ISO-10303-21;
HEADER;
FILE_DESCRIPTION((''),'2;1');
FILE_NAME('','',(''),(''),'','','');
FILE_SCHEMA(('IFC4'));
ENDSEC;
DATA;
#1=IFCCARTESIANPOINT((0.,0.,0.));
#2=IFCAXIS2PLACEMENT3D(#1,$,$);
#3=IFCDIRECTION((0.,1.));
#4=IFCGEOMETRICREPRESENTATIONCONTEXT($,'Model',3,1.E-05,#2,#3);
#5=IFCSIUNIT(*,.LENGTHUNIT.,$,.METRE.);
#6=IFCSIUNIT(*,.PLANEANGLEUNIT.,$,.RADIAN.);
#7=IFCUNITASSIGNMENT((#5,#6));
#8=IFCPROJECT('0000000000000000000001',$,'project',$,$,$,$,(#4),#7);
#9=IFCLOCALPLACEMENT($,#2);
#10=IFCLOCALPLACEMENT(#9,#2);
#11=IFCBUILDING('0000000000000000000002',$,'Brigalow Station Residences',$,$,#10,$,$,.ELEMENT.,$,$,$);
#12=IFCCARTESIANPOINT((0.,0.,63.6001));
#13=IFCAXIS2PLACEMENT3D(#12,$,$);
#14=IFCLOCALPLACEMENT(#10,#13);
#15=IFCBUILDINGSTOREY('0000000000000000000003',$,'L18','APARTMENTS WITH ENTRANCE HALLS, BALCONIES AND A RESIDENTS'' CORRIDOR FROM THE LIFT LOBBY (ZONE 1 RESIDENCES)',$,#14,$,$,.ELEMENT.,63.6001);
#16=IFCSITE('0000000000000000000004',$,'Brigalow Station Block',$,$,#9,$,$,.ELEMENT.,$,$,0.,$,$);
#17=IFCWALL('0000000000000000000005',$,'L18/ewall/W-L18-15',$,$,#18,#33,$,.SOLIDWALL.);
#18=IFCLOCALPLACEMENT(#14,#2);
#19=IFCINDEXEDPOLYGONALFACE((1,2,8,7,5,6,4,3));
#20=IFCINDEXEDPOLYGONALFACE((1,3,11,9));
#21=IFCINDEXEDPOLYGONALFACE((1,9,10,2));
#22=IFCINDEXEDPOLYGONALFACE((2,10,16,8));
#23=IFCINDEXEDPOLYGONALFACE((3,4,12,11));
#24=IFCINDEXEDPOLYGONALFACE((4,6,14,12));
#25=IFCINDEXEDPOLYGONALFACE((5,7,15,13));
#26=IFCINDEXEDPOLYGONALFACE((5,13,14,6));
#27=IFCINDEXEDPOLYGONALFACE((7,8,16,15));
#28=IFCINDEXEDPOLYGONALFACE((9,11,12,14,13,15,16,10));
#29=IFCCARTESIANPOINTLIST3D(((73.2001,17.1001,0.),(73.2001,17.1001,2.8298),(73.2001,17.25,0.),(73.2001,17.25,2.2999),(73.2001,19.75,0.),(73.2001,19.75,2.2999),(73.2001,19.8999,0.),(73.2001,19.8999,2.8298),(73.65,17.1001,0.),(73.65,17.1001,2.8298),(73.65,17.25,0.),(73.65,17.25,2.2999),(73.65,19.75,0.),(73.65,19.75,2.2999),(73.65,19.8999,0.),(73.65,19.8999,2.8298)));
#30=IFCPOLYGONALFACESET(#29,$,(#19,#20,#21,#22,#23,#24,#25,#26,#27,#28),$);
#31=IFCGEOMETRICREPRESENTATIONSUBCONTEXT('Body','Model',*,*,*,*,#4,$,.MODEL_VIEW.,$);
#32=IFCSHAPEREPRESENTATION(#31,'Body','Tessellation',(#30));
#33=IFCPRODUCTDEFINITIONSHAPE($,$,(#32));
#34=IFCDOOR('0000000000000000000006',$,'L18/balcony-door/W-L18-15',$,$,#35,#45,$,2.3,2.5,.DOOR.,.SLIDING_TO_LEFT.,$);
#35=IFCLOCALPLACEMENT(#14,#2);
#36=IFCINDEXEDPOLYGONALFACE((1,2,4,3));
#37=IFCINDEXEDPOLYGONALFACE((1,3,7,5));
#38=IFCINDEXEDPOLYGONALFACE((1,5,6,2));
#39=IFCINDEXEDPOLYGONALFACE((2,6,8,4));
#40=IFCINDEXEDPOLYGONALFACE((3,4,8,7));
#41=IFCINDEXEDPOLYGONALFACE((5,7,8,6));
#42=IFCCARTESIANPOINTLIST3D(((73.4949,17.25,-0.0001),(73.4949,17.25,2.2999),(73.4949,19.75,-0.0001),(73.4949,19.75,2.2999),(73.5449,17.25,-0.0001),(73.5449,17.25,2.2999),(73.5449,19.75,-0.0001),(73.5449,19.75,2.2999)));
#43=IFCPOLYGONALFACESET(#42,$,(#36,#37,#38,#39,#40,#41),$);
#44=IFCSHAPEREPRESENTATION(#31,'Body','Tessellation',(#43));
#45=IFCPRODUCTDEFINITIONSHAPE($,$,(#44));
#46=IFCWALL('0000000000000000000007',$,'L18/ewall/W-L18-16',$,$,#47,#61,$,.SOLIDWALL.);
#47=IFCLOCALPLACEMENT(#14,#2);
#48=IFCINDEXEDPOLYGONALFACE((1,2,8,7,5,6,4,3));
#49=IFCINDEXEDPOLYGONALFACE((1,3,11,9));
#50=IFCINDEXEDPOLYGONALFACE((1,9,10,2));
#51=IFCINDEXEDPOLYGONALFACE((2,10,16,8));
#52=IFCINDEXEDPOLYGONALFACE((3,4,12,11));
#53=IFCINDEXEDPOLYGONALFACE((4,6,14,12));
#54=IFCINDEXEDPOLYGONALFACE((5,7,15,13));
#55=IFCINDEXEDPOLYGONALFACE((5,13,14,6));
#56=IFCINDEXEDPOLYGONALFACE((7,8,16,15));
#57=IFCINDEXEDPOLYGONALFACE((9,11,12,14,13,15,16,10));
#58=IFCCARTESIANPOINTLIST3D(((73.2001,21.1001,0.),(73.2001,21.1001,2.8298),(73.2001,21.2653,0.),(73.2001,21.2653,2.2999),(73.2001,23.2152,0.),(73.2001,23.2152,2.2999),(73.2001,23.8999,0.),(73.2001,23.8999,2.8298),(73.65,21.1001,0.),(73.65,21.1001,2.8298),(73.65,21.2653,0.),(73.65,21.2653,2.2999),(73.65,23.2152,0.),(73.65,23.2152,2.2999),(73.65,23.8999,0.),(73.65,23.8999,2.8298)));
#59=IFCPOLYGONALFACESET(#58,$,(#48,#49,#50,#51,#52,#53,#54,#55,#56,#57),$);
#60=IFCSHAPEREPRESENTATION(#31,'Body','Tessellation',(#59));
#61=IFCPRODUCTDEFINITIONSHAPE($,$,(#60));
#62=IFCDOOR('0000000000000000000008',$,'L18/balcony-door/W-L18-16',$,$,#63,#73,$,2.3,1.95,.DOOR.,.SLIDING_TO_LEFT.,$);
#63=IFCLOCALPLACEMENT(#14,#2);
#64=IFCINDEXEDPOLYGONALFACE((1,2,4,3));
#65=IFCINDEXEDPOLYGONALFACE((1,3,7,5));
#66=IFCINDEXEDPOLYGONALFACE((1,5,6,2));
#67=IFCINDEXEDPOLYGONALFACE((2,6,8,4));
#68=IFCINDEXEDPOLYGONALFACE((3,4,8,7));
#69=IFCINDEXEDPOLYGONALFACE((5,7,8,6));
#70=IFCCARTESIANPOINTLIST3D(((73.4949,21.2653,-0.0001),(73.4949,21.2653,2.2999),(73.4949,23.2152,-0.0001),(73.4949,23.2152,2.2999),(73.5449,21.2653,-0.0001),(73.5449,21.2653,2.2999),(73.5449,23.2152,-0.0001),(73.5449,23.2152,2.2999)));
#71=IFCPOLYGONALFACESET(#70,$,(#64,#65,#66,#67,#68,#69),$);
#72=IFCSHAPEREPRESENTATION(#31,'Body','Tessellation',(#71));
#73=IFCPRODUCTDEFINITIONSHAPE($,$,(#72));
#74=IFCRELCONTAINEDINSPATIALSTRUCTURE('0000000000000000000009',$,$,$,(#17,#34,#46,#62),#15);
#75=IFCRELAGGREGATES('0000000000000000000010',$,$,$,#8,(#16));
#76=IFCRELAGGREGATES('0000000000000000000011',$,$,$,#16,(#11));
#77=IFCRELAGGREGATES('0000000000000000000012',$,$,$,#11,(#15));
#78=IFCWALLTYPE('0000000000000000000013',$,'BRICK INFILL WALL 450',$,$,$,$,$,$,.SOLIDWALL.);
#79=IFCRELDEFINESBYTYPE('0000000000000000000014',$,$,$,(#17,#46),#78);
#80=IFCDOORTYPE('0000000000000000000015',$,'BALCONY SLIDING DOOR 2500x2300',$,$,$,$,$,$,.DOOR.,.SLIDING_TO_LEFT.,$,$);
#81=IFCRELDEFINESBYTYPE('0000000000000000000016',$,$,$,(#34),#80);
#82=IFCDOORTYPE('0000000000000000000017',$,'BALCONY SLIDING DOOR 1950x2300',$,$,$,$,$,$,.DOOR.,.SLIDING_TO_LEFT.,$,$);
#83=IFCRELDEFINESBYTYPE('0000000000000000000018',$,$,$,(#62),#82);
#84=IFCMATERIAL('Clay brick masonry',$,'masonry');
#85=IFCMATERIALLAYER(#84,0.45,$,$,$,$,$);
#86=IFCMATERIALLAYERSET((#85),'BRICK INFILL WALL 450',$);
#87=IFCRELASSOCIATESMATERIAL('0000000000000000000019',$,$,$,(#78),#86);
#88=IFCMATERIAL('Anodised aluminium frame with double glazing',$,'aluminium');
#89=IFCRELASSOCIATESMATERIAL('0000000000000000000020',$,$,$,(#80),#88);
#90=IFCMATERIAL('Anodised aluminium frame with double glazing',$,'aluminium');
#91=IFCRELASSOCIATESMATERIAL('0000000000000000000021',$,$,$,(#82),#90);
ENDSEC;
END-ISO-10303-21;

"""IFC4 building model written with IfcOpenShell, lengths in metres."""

from ifc_helpers import new_model, si_unit, direction, frame, frame_2d, origin, place, context, subcontext, project, spatial, rectangle, extrude, material, layer, layer_set, type_object, element, fill, save


model = new_model("IFC4")

# Units and contexts
model_context = context("Model", 3, precision=1e-05, world=origin(), true_north=direction((0.0, 1.0)))
body_context = subcontext(model_context, "Body", "Model", "MODEL_VIEW")
ifc_project = project(units=[si_unit("LENGTHUNIT", "METRE"), si_unit("PLANEANGLEUNIT", "RADIAN")], contexts=[model_context])

# Site, building, storey
site_placement = place(None, origin())
site = spatial("IfcSite", under=ifc_project, at=site_placement, Name="Brigalow Station Block", CompositionType="ELEMENT", RefElevation=0.0)
building_placement = place(site_placement, origin())
building = spatial("IfcBuilding", under=site, at=building_placement, Name="Brigalow Station Residences", CompositionType="ELEMENT")
storey_placement = place(building_placement, frame((0.0, 0.0, 63.6001)))
storey = spatial("IfcBuildingStorey", under=building, at=storey_placement, Name="L18", Description="APARTMENTS WITH ENTRANCE HALLS, BALCONIES AND A RESIDENTS' CORRIDOR FROM THE LIFT LOBBY (ZONE 1 RESIDENCES)", CompositionType="ELEMENT", Elevation=63.6001)

# Shared definitions
ifc_material_1 = material(Name="Clay brick masonry", Category="masonry")
ifc_layer = layer(ifc_material_1, 0.45)
ifc_layer_set = layer_set([ifc_layer], Name="BRICK INFILL WALL 450")
wall_type = type_object("IfcWallType", Name="BRICK INFILL WALL 450", PredefinedType="SOLIDWALL", material=ifc_layer_set)

# Walls, openings, doors
wall_1_placement = place(storey_placement, frame((73.425, 17.1001, 0.0), z_axis=(0.0, 0.0, 1.0), x_axis=(0.0, 1.0, 0.0)))
wall_1 = element("IfcWall", 1, at=wall_1_placement, inside=storey, type_object=wall_type, Name="L18/ewall/W-L18-15", PredefinedType="SOLIDWALL", context=body_context, shape_type="SweptSolid", body=[
    extrude(rectangle(XDim=2.7998, YDim=0.45, at=frame_2d((1.3999, 0.0))), origin(), (0.0, 0.0, 1.0), 2.8298),
])
opening_1_placement = place(wall_1_placement, frame((0.1499, 0.0, 0.0)))
opening_1 = element("IfcOpeningElement", 2, at=opening_1_placement, cuts=wall_1, PredefinedType="OPENING", context=body_context, shape_type="SweptSolid", body=[
    extrude(rectangle(XDim=2.5, YDim=2.3, at=frame_2d((1.25, 1.1499))), frame((0.0, 0.2349, 0.0), z_axis=(0.0, -1.0, 0.0), x_axis=(1.0, 0.0, 0.0)), (0.0, 0.0, 1.0), 0.47),
])
ifc_material_2 = material(Name="Anodised aluminium frame with double glazing", Category="aluminium")
door_type_1 = type_object("IfcDoorType", Name="BALCONY SLIDING DOOR 2500x2300", OperationType="SLIDING_TO_LEFT", PredefinedType="DOOR", material=ifc_material_2)
door_1_placement = place(opening_1_placement, origin())
door_1 = element("IfcDoor", 3, at=door_1_placement, inside=storey, type_object=door_type_1, Name="L18/balcony-door/W-L18-15", OperationType="SLIDING_TO_LEFT", OverallHeight=2.3, OverallWidth=2.5, PredefinedType="DOOR", context=body_context, shape_type="SweptSolid", body=[
    extrude(rectangle(XDim=2.5, YDim=2.3, at=frame_2d((1.25, 1.1499))), frame((0.0, -0.0698, 0.0), z_axis=(0.0, -1.0, 0.0), x_axis=(1.0, 0.0, 0.0)), (0.0, 0.0, 1.0), 0.05),
])
fill(opening_1, door_1)
wall_2_placement = place(storey_placement, frame((73.425, 21.1001, 0.0), z_axis=(0.0, 0.0, 1.0), x_axis=(0.0, 1.0, 0.0)))
wall_2 = element("IfcWall", 4, at=wall_2_placement, inside=storey, type_object=wall_type, Name="L18/ewall/W-L18-16", PredefinedType="SOLIDWALL", context=body_context, shape_type="SweptSolid", body=[
    extrude(rectangle(XDim=2.7998, YDim=0.45, at=frame_2d((1.3999, 0.0))), origin(), (0.0, 0.0, 1.0), 2.8298),
])
opening_2_placement = place(wall_2_placement, frame((0.165, 0.0, 0.0)))
opening_2 = element("IfcOpeningElement", 5, at=opening_2_placement, cuts=wall_2, PredefinedType="OPENING", context=body_context, shape_type="SweptSolid", body=[
    extrude(rectangle(XDim=1.95, YDim=2.3, at=frame_2d((0.9751, 1.1499))), frame((0.0, 0.2349, 0.0), z_axis=(0.0, -1.0, 0.0), x_axis=(1.0, 0.0, 0.0)), (0.0, 0.0, 1.0), 0.47),
])
ifc_material_3 = material(Name="Anodised aluminium frame with double glazing", Category="aluminium")
door_type_2 = type_object("IfcDoorType", Name="BALCONY SLIDING DOOR 1950x2300", OperationType="SLIDING_TO_LEFT", PredefinedType="DOOR", material=ifc_material_3)
door_2_placement = place(opening_2_placement, origin())
door_2 = element("IfcDoor", 6, at=door_2_placement, inside=storey, type_object=door_type_2, Name="L18/balcony-door/W-L18-16", OperationType="SLIDING_TO_LEFT", OverallHeight=2.3, OverallWidth=1.95, PredefinedType="DOOR", context=body_context, shape_type="SweptSolid", body=[
    extrude(rectangle(XDim=1.95, YDim=2.3, at=frame_2d((0.9751, 1.1499))), frame((0.0, -0.0698, 0.0), z_axis=(0.0, -1.0, 0.0), x_axis=(1.0, 0.0, 0.0)), (0.0, 0.0, 1.0), 0.05),
])
fill(opening_2, door_2)

save(model, "model.ifc")
